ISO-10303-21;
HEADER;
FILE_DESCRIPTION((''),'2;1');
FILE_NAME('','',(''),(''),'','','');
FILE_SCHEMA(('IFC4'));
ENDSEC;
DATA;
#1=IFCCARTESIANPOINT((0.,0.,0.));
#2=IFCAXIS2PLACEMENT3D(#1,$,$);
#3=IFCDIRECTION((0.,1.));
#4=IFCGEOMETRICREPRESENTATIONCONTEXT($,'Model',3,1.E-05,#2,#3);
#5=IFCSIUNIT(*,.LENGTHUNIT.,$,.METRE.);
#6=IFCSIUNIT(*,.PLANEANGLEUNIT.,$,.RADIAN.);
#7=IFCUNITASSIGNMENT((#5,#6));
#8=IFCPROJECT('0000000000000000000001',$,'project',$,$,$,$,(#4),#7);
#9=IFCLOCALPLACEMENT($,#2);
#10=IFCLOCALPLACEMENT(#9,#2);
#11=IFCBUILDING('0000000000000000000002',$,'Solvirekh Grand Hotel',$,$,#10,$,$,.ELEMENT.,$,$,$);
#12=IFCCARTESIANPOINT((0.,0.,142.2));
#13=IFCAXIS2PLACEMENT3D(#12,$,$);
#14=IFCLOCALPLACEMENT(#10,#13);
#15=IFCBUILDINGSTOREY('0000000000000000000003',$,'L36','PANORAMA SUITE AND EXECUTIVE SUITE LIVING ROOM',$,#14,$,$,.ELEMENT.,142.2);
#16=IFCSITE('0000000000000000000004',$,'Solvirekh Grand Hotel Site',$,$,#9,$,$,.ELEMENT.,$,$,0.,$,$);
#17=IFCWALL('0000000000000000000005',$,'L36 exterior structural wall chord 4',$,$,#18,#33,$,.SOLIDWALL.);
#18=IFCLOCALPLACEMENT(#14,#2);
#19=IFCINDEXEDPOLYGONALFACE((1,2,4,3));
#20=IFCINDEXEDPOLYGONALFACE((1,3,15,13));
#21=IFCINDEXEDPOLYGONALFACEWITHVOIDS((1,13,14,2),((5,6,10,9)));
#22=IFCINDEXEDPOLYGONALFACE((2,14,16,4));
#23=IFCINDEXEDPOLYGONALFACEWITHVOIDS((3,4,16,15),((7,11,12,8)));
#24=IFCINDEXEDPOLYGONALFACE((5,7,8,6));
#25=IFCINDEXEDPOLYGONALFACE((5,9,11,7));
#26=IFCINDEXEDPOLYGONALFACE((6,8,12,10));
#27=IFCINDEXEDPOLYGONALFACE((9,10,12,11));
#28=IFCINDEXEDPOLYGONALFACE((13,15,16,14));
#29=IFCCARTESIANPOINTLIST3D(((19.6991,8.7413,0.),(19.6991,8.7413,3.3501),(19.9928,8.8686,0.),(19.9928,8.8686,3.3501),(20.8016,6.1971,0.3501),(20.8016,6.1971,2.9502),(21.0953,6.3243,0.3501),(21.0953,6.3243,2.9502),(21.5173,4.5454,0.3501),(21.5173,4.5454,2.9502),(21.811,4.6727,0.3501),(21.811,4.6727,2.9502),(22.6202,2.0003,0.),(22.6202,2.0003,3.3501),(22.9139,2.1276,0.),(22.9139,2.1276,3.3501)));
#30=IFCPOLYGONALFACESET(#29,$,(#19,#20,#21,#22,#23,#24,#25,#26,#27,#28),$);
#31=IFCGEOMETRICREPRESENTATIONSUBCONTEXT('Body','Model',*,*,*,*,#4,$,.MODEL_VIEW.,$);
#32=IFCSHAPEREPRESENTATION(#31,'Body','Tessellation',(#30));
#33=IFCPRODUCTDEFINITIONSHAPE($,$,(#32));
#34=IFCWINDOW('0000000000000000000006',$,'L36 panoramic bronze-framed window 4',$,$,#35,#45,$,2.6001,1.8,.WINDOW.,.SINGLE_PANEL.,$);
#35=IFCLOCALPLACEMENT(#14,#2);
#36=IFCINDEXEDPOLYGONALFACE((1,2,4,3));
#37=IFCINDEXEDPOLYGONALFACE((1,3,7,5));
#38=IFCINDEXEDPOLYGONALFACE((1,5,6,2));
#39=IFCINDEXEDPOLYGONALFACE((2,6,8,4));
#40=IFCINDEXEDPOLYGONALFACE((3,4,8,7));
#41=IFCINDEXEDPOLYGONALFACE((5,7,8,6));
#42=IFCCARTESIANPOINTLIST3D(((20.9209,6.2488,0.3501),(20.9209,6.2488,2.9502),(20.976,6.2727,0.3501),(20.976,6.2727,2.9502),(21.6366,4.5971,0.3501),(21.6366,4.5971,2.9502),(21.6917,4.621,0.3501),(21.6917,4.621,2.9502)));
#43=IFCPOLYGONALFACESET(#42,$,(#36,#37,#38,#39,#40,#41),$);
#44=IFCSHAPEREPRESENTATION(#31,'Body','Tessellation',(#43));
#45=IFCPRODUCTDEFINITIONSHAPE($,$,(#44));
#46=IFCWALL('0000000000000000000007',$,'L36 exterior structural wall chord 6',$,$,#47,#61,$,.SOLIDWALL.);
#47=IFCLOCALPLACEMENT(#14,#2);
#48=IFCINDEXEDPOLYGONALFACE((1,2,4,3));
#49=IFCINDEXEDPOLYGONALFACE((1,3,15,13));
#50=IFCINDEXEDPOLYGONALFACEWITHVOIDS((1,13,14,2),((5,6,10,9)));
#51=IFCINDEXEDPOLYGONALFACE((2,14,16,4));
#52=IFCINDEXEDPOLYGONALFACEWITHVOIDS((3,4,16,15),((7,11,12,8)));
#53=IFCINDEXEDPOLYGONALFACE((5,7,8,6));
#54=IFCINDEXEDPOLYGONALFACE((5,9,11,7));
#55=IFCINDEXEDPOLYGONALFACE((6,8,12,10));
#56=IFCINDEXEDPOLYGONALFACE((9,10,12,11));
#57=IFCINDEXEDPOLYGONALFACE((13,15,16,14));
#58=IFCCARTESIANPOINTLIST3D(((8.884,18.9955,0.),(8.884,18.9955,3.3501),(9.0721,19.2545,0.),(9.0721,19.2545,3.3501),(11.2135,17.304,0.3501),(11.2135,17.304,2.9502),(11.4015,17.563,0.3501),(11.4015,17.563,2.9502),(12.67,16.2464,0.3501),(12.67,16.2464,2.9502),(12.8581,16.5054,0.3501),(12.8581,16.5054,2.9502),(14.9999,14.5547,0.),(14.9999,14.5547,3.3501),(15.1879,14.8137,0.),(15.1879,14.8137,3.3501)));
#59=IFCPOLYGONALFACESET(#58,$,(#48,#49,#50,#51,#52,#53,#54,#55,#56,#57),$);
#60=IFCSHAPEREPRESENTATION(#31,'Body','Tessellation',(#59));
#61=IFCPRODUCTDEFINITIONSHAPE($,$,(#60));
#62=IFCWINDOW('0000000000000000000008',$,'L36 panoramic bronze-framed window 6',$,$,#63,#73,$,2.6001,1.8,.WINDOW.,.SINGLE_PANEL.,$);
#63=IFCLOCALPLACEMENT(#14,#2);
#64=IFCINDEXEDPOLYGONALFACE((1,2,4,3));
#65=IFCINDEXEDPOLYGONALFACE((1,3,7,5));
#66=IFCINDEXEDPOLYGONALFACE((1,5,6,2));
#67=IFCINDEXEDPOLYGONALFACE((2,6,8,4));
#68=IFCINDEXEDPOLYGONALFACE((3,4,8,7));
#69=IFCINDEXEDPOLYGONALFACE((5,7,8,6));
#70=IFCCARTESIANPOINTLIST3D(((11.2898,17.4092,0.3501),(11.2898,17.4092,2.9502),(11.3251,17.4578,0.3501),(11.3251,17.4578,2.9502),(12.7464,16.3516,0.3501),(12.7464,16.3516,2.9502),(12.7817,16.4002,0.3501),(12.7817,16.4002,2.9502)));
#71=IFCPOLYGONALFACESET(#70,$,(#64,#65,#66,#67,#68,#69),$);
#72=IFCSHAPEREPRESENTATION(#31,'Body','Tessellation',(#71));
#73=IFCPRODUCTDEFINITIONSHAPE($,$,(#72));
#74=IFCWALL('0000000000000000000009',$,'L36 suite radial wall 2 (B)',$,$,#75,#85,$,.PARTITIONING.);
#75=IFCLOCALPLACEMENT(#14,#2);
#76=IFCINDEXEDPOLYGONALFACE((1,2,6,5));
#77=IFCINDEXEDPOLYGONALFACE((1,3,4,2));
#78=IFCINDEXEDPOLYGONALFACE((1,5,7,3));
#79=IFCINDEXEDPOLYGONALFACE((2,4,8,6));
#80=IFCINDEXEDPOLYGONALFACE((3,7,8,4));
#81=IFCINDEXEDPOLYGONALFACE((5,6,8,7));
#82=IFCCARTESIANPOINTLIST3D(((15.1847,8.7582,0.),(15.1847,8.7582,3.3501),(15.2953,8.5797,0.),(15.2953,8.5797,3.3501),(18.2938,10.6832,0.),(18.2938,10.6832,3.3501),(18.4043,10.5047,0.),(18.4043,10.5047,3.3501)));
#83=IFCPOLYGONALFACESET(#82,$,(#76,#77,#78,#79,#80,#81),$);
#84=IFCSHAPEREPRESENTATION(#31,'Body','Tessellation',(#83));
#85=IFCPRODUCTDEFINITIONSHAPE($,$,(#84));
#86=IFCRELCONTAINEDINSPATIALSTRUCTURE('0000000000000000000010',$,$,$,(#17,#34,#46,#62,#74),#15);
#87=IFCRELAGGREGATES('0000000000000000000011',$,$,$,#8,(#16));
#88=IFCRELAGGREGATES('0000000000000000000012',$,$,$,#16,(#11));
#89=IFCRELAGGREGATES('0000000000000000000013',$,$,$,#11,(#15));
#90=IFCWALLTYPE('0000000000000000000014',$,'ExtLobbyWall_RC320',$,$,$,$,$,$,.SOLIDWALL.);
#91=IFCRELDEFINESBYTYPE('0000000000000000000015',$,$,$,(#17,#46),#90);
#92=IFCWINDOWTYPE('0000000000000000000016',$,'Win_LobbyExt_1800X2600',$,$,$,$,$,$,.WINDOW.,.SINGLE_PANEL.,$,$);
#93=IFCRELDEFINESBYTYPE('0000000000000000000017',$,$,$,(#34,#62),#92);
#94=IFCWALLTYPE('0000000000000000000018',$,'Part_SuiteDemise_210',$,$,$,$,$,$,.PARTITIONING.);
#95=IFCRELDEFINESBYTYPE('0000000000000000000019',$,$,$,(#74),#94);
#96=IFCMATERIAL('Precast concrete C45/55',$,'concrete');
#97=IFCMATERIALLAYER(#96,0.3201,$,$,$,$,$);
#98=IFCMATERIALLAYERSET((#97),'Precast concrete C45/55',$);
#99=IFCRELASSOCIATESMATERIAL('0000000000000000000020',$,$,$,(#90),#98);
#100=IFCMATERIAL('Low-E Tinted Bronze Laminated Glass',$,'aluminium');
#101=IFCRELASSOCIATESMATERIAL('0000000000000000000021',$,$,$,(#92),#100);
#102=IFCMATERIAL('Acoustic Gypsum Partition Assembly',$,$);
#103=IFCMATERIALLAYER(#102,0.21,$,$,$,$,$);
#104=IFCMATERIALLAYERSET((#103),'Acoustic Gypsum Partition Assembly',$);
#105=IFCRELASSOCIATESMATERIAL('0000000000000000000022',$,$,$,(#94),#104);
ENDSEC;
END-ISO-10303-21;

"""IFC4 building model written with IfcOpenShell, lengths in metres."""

from ifc_helpers import new_model, si_unit, direction, frame, frame_2d, origin, place, context, subcontext, project, spatial, rectangle, extrude, material, layer, layer_set, type_object, element, fill, save


model = new_model("IFC4")

# Units and contexts
model_context = context("Model", 3, precision=1e-05, world=origin(), true_north=direction((0.0, 1.0)))
body_context = subcontext(model_context, "Body", "Model", "MODEL_VIEW")
ifc_project = project(units=[si_unit("LENGTHUNIT", "METRE"), si_unit("PLANEANGLEUNIT", "RADIAN")], contexts=[model_context])

# Site, building, storey
site_placement = place(None, origin())
site = spatial("IfcSite", under=ifc_project, at=site_placement, Name="Solvirekh Grand Hotel Site", CompositionType="ELEMENT", RefElevation=0.0)
building_placement = place(site_placement, origin())
building = spatial("IfcBuilding", under=site, at=building_placement, Name="Solvirekh Grand Hotel", CompositionType="ELEMENT")
storey_placement = place(building_placement, frame((0.0, 0.0, 142.2)))
storey = spatial("IfcBuildingStorey", under=building, at=storey_placement, Name="L36", Description="PANORAMA SUITE AND EXECUTIVE SUITE LIVING ROOM", CompositionType="ELEMENT", Elevation=142.2)

# Shared definitions
ifc_material_1 = material(Name="Low-E Tinted Bronze Laminated Glass", Category="aluminium")

# Walls, openings, windows
ifc_material_2 = material(Name="Precast concrete C45/55", Category="concrete")
ifc_layer_1 = layer(ifc_material_2, 0.3201)
ifc_layer_set_1 = layer_set([ifc_layer_1], Name="Precast concrete C45/55")
wall_type_1 = type_object("IfcWallType", Name="ExtLobbyWall_RC320", PredefinedType="SOLIDWALL", material=ifc_layer_set_1)
wall_1_placement = place(storey_placement, frame((19.8459, 8.8049, 0.0), z_axis=(0.0, 0.0, 1.0), x_axis=(0.397614, -0.917553, 0.0)))
wall_1 = element("IfcWall", 1, at=wall_1_placement, inside=storey, type_object=wall_type_1, Name="L36 exterior structural wall chord 4", PredefinedType="SOLIDWALL", context=body_context, shape_type="SweptSolid", body=[
    extrude(rectangle(XDim=7.3467, YDim=0.3201, at=frame_2d((3.6733, 0.0))), origin(), (0.0, 0.0, 1.0), 3.3501),
])
opening_1_placement = place(wall_1_placement, frame((2.7729, 0.0, 0.3501)))
opening_1 = element("IfcOpeningElement", 2, at=opening_1_placement, cuts=wall_1, PredefinedType="OPENING", context=body_context, shape_type="SweptSolid", body=[
    extrude(rectangle(XDim=1.8, YDim=2.6001, at=frame_2d((0.8999, 1.3))), frame((0.0, 0.1699, 0.0), z_axis=(0.0, -1.0, 0.0), x_axis=(1.0, 0.0, 0.0)), (0.0, 0.0, 1.0), 0.3401),
])
window_type = type_object("IfcWindowType", Name="Win_LobbyExt_1800X2600", PartitioningType="SINGLE_PANEL", PredefinedType="WINDOW", material=ifc_material_1)
window_1_placement = place(opening_1_placement, origin())
window_1 = element("IfcWindow", 3, at=window_1_placement, inside=storey, type_object=window_type, Name="L36 panoramic bronze-framed window 4", OverallHeight=2.6001, OverallWidth=1.8, PartitioningType="SINGLE_PANEL", PredefinedType="WINDOW", context=body_context, shape_type="SweptSolid", body=[
    extrude(rectangle(XDim=1.8, YDim=2.6001, at=frame_2d((0.8999, 1.3))), frame((0.0, 0.03, 0.0), z_axis=(0.0, -1.0, 0.0), x_axis=(1.0, 0.0, 0.0)), (0.0, 0.0, 1.0), 0.0601),
])
fill(opening_1, window_1)
wall_2_placement = place(storey_placement, frame((8.978, 19.125, 0.0), z_axis=(0.0, 0.0, 1.0), x_axis=(0.80918, -0.587561, 0.0)))
wall_2 = element("IfcWall", 4, at=wall_2_placement, inside=storey, type_object=wall_type_1, Name="L36 exterior structural wall chord 6", PredefinedType="SOLIDWALL", context=body_context, shape_type="SweptSolid", body=[
    extrude(rectangle(XDim=7.5581, YDim=0.3201, at=frame_2d((3.7791, 0.0))), origin(), (0.0, 0.0, 1.0), 3.3501),
])
opening_2_placement = place(wall_2_placement, frame((2.8789, 0.0, 0.3501)))
opening_2 = element("IfcOpeningElement", 5, at=opening_2_placement, cuts=wall_2, PredefinedType="OPENING", context=body_context, shape_type="SweptSolid", body=[
    extrude(rectangle(XDim=1.8, YDim=2.6001, at=frame_2d((0.8999, 1.3))), frame((0.0, 0.1699, 0.0), z_axis=(0.0, -1.0, 0.0), x_axis=(1.0, 0.0, 0.0)), (0.0, 0.0, 1.0), 0.3401),
])
window_2_placement = place(opening_2_placement, origin())
window_2 = element("IfcWindow", 6, at=window_2_placement, inside=storey, type_object=window_type, Name="L36 panoramic bronze-framed window 6", OverallHeight=2.6001, OverallWidth=1.8, PartitioningType="SINGLE_PANEL", PredefinedType="WINDOW", context=body_context, shape_type="SweptSolid", body=[
    extrude(rectangle(XDim=1.8, YDim=2.6001, at=frame_2d((0.8999, 1.3))), frame((0.0, 0.03, 0.0), z_axis=(0.0, -1.0, 0.0), x_axis=(1.0, 0.0, 0.0)), (0.0, 0.0, 1.0), 0.0601),
])
fill(opening_2, window_2)

# Wall
ifc_material_3 = material(Name="Acoustic Gypsum Partition Assembly")
ifc_layer_2 = layer(ifc_material_3, 0.21)
ifc_layer_set_2 = layer_set([ifc_layer_2], Name="Acoustic Gypsum Partition Assembly")
wall_type_2 = type_object("IfcWallType", Name="Part_SuiteDemise_210", PredefinedType="PARTITIONING", material=ifc_layer_set_2)
wall_3_placement = place(storey_placement, frame((15.24, 8.6689, 0.0), z_axis=(0.0, 0.0, 1.0), x_axis=(0.850222, 0.526424, 0.0)))
element("IfcWall", 7, at=wall_3_placement, inside=storey, type_object=wall_type_2, Name="L36 suite radial wall 2 (B)", PredefinedType="PARTITIONING", context=body_context, shape_type="SweptSolid", body=[
    extrude(rectangle(XDim=3.6567, YDim=0.21, at=frame_2d((1.8284, 0.0))), origin(), (0.0, 0.0, 1.0), 3.3501),
])

save(model, "model.ifc")
